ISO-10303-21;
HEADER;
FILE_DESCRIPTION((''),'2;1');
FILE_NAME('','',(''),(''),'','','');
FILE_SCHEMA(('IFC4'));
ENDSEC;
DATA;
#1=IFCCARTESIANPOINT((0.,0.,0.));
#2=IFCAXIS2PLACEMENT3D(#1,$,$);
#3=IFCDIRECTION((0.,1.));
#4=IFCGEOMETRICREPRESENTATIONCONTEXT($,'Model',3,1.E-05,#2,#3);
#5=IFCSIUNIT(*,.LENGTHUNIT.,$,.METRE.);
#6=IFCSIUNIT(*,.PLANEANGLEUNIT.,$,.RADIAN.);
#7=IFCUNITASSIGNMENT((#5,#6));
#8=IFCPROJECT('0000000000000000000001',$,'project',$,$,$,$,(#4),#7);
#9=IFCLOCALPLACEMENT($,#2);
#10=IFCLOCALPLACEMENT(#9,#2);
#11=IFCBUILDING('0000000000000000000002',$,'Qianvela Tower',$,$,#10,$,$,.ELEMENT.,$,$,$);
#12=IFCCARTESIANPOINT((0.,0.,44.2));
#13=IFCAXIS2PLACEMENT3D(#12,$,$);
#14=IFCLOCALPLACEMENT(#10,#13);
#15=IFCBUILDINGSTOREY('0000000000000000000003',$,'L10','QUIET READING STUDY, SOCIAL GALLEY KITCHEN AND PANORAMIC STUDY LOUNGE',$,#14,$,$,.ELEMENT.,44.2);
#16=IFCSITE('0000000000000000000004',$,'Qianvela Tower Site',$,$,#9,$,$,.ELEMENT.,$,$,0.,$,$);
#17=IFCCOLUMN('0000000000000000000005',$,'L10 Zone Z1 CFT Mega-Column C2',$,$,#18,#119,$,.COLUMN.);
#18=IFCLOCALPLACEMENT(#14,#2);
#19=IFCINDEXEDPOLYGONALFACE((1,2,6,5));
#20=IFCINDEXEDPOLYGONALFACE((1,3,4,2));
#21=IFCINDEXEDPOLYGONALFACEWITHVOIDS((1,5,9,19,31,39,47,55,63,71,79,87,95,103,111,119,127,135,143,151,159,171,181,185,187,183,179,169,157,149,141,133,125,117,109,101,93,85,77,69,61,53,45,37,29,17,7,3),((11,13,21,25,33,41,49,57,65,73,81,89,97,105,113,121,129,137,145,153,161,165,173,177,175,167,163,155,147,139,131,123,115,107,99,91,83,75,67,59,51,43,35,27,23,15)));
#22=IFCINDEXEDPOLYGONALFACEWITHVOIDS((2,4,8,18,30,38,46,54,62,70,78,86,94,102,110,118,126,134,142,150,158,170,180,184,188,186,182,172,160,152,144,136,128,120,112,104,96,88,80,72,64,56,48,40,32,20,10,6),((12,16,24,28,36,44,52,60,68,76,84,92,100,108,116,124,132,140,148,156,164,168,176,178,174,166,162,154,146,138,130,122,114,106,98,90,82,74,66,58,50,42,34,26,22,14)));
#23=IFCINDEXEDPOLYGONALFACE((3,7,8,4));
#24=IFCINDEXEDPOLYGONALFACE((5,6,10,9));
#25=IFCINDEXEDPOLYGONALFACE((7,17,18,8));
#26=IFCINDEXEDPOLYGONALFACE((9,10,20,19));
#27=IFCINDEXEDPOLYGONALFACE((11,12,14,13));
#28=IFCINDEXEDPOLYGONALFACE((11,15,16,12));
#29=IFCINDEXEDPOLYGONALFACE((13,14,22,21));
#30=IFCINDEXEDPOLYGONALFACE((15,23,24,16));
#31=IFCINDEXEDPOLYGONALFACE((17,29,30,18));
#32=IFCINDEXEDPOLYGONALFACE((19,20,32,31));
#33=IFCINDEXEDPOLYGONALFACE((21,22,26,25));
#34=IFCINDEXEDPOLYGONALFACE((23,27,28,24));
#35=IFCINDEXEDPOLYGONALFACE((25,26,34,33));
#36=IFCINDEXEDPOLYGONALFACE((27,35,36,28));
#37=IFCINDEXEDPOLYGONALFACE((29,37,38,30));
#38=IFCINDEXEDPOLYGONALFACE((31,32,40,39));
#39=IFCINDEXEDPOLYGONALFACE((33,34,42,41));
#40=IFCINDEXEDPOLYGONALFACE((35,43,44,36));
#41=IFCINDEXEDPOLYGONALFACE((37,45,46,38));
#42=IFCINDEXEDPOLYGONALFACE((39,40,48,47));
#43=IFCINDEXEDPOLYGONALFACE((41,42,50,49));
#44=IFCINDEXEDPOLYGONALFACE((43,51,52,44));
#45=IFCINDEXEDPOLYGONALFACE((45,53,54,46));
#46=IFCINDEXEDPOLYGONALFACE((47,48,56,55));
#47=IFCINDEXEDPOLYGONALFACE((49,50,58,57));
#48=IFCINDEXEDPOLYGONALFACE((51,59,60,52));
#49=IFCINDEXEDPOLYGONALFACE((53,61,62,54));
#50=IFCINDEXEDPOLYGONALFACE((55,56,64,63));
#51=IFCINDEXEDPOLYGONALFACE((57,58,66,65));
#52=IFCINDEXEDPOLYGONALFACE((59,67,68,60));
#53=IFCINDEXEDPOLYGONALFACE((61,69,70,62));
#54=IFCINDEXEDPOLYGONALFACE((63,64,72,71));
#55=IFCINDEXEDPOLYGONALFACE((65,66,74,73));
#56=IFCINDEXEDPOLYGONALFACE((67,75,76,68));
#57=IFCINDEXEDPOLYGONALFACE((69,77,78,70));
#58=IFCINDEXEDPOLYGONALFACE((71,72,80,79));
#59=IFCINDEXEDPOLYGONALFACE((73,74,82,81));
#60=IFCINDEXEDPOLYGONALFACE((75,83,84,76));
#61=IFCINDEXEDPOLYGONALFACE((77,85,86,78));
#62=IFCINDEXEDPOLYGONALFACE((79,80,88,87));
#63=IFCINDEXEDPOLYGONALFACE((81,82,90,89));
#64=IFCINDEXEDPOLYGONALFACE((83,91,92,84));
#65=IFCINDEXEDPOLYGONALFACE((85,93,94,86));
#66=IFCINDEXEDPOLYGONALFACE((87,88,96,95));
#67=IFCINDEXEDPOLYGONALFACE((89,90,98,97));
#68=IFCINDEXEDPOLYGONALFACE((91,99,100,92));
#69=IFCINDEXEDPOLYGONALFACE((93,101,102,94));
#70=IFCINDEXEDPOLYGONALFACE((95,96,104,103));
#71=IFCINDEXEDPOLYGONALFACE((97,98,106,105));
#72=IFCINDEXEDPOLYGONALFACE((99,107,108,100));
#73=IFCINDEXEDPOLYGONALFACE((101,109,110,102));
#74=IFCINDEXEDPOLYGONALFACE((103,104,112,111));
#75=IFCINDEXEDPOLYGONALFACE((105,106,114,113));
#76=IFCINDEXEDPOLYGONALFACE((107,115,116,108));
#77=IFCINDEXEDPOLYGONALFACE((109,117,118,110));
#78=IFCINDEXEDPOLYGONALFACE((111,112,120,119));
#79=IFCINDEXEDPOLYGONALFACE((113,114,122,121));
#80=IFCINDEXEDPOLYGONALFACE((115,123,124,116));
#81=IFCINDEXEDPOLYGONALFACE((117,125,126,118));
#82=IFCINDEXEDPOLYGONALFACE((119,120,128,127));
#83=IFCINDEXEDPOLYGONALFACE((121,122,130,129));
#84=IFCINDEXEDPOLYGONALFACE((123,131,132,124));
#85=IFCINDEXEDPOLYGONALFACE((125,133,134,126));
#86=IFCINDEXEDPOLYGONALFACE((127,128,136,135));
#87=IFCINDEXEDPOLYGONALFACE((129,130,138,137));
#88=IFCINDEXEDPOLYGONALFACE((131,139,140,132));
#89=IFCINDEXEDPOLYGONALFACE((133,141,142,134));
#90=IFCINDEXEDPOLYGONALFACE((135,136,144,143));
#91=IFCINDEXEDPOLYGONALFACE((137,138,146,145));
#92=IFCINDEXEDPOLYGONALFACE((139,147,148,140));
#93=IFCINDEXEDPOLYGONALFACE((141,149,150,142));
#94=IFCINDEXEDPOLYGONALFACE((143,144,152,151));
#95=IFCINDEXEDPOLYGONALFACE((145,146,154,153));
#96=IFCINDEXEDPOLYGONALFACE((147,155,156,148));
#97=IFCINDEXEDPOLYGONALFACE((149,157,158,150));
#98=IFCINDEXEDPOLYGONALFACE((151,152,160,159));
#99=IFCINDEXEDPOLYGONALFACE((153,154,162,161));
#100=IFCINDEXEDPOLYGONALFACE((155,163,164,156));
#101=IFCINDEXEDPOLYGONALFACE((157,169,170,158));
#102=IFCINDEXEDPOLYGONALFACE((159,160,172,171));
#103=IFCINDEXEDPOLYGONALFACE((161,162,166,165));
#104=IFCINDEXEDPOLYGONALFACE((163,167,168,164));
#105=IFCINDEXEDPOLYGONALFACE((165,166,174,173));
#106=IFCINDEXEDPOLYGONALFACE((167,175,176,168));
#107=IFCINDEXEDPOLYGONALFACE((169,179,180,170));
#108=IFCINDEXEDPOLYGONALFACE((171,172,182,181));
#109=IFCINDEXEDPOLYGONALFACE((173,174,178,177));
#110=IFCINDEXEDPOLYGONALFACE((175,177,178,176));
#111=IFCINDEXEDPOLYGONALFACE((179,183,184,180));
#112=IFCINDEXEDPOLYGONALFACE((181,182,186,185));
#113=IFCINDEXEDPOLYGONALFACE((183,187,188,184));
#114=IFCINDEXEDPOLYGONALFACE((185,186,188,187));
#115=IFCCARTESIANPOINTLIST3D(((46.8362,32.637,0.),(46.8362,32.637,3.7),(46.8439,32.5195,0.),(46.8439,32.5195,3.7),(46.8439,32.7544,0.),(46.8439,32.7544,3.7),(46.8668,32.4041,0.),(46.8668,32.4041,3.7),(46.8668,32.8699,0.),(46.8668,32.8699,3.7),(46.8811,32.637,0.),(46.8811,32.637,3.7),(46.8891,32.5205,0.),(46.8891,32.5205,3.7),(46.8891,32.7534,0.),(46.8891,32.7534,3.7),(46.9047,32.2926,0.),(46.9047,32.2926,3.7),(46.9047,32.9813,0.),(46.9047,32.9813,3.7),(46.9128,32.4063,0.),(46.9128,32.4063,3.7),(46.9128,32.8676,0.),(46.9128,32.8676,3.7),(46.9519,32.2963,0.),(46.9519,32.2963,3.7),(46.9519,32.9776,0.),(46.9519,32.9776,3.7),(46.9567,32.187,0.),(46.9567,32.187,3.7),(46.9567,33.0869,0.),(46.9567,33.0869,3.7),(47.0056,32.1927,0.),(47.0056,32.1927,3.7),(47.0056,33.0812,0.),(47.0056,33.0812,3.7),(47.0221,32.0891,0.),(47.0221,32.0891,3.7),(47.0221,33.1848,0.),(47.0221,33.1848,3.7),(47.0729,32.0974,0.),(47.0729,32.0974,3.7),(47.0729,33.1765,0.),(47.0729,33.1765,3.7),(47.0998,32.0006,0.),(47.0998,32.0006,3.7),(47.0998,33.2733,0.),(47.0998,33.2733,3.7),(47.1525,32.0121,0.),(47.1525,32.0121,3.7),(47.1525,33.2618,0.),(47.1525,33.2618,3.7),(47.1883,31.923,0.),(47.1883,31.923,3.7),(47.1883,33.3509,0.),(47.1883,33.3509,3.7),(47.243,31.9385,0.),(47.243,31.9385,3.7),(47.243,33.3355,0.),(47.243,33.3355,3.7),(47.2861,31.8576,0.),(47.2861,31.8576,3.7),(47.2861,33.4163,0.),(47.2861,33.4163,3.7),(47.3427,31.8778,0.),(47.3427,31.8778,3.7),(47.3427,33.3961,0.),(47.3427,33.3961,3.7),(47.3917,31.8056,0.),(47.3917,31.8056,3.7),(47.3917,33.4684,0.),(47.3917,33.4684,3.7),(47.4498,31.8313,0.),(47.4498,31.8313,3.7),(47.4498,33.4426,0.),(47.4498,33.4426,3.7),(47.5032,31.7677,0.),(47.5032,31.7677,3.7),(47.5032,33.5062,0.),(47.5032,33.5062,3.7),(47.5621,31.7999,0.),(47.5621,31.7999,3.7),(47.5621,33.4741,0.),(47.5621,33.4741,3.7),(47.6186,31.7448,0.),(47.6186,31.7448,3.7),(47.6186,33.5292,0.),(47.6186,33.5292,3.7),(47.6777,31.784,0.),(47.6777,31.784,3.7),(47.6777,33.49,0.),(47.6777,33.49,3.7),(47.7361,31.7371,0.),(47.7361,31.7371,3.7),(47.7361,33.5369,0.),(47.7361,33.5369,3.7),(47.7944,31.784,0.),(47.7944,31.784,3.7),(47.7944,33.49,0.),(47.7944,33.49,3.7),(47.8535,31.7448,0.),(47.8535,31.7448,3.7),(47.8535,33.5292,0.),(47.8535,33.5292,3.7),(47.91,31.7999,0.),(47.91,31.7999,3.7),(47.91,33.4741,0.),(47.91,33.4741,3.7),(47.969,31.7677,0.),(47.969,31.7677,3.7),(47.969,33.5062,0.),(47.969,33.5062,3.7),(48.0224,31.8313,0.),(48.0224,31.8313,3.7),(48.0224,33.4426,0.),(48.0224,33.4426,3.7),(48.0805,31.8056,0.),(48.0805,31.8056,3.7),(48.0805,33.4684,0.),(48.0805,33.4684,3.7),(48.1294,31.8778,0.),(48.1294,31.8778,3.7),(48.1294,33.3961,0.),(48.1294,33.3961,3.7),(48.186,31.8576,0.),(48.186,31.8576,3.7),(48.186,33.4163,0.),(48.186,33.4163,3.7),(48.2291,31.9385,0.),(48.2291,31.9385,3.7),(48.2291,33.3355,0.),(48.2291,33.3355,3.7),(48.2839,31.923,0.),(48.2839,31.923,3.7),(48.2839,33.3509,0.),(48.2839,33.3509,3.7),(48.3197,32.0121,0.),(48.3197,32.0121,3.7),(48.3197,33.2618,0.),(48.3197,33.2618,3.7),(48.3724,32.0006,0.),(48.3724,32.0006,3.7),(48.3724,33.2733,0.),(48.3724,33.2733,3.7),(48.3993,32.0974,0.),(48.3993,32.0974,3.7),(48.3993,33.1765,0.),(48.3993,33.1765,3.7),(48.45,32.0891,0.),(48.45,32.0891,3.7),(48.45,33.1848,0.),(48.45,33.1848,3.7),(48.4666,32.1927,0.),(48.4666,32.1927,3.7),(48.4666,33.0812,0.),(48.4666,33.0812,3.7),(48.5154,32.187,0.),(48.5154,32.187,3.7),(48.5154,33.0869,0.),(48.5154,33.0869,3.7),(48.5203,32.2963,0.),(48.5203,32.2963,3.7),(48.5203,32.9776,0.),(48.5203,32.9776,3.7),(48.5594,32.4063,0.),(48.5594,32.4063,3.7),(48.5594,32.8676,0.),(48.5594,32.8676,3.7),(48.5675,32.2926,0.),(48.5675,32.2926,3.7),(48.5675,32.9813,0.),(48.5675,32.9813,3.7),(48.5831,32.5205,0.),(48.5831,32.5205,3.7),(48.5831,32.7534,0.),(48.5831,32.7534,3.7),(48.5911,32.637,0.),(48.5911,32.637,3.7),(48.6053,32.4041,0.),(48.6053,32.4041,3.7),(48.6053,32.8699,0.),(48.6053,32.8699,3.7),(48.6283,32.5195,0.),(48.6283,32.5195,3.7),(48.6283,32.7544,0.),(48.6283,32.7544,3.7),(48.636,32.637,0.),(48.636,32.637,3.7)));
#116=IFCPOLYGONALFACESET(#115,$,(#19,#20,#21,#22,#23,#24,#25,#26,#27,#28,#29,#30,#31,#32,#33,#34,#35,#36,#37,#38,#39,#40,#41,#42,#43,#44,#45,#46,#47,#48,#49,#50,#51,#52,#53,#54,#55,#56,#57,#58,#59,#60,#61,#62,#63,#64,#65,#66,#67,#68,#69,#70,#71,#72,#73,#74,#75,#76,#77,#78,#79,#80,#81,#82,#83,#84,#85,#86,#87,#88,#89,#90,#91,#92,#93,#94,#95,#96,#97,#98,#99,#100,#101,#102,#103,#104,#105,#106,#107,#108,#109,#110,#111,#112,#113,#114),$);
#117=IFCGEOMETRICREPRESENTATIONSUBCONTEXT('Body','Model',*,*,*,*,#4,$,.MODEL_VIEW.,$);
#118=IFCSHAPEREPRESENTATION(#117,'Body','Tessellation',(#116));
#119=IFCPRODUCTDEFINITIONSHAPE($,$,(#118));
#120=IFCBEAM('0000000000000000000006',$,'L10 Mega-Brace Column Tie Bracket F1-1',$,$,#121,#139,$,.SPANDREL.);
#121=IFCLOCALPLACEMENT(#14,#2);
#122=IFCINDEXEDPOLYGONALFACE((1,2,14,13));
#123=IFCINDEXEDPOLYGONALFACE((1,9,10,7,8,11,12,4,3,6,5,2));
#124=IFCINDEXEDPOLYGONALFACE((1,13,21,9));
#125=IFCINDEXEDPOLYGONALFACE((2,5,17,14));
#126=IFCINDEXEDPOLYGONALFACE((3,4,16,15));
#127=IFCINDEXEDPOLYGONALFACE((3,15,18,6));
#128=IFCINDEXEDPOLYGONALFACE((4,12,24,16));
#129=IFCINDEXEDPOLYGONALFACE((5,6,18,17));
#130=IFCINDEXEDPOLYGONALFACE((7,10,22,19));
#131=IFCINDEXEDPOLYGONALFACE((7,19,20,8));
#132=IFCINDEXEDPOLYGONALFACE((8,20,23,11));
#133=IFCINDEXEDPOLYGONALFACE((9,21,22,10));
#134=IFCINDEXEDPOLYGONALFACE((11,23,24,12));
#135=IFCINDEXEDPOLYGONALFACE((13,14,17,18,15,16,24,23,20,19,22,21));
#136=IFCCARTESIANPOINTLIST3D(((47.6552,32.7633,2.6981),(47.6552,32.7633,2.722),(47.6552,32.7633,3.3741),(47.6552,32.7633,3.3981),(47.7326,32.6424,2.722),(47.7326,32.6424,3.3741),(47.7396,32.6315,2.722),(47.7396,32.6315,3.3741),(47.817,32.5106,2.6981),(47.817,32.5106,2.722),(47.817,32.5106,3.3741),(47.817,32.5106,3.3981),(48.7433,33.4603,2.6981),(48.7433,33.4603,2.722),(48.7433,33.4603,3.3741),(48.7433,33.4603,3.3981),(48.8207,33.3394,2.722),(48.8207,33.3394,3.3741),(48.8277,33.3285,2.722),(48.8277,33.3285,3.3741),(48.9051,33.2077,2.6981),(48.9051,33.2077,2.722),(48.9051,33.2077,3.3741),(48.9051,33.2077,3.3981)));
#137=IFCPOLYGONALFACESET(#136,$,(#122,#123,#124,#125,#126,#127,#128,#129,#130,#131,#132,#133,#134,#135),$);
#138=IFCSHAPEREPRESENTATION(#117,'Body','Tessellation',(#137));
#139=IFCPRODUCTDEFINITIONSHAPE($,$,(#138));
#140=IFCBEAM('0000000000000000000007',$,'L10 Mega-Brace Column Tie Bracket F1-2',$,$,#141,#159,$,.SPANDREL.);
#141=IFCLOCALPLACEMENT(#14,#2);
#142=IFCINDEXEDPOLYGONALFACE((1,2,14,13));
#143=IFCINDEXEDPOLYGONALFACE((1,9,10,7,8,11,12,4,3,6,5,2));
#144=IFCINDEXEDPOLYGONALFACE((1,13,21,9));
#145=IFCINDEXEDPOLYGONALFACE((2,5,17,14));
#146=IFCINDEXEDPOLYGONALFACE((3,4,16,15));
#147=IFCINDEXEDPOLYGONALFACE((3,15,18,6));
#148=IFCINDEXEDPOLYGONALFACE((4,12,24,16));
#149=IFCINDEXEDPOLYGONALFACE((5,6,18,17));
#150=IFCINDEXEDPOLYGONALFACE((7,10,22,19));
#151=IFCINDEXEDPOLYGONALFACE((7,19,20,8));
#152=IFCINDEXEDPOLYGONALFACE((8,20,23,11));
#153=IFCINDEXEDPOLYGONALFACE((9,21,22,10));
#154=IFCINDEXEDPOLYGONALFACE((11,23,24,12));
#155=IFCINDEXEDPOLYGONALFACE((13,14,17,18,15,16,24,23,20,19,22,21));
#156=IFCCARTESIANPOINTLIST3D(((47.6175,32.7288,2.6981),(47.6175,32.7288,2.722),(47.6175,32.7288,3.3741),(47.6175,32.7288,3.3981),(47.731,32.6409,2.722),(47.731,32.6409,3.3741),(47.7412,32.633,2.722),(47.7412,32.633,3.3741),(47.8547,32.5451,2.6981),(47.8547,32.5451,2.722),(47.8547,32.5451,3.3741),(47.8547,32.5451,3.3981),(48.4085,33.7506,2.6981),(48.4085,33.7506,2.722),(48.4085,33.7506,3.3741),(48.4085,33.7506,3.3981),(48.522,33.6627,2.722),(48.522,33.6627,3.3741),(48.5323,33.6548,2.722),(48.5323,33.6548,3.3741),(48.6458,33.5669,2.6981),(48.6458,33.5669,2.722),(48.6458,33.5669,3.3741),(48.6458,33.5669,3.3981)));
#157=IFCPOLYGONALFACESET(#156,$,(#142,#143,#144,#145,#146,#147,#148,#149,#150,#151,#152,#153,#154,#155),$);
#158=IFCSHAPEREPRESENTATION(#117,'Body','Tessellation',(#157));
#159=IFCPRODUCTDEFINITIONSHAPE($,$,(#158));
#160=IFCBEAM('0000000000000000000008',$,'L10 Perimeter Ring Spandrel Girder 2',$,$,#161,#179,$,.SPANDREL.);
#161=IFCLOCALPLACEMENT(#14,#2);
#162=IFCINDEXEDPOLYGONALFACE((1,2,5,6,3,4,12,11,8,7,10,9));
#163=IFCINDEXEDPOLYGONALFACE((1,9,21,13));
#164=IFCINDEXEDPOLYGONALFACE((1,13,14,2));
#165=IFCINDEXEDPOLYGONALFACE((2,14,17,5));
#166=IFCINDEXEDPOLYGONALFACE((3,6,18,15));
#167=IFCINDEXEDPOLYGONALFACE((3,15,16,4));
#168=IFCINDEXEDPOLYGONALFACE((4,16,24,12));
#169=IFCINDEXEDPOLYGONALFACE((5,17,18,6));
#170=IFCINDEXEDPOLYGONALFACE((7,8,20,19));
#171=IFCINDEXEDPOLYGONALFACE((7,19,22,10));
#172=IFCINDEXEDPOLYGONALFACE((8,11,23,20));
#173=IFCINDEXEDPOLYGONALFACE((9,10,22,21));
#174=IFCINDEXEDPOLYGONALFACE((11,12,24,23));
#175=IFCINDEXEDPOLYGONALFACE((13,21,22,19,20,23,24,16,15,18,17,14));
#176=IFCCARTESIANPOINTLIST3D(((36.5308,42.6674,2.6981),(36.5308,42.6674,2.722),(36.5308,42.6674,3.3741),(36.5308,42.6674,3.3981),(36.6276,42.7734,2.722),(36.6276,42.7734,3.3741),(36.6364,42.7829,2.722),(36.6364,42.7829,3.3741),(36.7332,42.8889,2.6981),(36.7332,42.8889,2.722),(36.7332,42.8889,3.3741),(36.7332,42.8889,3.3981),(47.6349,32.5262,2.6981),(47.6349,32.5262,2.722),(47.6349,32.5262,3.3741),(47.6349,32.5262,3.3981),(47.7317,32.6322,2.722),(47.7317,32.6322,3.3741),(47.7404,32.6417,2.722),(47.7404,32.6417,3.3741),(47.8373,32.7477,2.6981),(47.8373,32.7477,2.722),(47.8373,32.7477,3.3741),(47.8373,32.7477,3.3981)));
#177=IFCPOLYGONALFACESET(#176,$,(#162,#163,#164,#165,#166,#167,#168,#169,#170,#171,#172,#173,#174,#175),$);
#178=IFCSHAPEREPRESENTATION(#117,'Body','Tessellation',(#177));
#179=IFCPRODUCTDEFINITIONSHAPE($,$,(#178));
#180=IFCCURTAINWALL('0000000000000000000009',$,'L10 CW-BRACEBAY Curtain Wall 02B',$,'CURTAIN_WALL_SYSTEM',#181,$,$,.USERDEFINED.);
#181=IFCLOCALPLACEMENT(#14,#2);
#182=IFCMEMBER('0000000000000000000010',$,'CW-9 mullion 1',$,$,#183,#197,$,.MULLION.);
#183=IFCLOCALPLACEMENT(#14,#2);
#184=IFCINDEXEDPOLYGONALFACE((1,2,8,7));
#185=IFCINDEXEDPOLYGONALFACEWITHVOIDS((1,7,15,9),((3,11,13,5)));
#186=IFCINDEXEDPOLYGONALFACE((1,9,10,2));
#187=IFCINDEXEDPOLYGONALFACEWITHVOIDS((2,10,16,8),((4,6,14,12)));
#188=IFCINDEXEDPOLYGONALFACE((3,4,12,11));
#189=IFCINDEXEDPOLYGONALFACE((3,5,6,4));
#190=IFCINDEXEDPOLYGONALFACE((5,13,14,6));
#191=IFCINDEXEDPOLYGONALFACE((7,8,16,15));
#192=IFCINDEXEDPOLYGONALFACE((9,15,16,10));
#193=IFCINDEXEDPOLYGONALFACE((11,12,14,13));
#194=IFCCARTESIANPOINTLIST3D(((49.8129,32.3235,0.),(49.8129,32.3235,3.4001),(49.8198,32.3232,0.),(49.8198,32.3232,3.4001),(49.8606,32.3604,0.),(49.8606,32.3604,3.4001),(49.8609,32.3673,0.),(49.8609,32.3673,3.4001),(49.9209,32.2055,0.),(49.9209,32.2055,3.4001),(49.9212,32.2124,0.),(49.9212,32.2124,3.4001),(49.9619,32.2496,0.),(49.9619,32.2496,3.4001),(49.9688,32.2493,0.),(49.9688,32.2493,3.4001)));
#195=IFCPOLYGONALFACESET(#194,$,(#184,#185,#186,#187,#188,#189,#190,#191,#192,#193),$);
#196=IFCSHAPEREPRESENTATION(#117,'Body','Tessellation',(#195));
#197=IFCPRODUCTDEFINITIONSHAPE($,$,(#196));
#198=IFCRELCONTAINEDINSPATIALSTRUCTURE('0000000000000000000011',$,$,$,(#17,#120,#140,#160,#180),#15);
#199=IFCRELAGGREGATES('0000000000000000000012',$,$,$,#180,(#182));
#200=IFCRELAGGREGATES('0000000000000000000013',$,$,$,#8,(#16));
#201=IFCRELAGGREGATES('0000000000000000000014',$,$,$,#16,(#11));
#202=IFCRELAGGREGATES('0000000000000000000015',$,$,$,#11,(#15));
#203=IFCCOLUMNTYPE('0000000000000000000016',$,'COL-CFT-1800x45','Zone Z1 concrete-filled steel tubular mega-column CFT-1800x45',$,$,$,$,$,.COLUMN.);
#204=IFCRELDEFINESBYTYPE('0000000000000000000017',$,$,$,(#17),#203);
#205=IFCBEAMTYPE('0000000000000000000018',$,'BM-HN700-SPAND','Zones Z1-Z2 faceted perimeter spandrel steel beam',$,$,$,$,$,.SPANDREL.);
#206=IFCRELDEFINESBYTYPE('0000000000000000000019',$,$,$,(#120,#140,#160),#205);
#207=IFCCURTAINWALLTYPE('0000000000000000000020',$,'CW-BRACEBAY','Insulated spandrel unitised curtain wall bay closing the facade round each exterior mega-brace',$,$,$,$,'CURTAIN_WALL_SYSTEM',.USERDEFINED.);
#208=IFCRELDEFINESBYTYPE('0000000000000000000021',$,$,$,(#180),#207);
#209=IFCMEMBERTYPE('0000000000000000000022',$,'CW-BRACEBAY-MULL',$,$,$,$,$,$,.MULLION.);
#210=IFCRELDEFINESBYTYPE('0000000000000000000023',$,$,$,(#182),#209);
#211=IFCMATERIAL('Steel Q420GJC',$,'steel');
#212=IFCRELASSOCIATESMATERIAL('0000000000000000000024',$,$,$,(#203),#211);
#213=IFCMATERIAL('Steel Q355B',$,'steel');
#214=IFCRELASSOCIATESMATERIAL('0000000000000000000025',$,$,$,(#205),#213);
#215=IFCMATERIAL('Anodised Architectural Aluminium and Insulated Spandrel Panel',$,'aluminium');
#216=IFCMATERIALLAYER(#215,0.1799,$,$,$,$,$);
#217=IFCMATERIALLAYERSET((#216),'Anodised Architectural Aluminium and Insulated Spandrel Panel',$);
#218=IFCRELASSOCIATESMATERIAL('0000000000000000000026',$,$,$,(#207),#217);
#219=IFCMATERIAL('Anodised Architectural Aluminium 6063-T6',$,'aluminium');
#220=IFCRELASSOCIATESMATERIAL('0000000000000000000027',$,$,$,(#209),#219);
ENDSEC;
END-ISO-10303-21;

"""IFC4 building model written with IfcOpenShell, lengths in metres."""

from ifc_helpers import new_model, si_unit, direction, frame, origin, origin_2d, place, context, subcontext, project, spatial, hollow_rectangle, hollow_circle, i_section, extrude, material, layer, layer_set, material_profile, profile_set, type_object, element, aggregate, save


model = new_model("IFC4")

# Units and contexts
model_context = context("Model", 3, precision=1e-05, world=origin(), true_north=direction((0.0, 1.0)))
body_context = subcontext(model_context, "Body", "Model", "MODEL_VIEW")
ifc_project = project(units=[si_unit("LENGTHUNIT", "METRE"), si_unit("PLANEANGLEUNIT", "RADIAN")], contexts=[model_context])

# Site, building, storey
site_placement = place(None, origin())
site = spatial("IfcSite", under=ifc_project, at=site_placement, Name="Qianvela Tower Site", CompositionType="ELEMENT", RefElevation=0.0)
building_placement = place(site_placement, origin())
building = spatial("IfcBuilding", under=site, at=building_placement, Name="Qianvela Tower", CompositionType="ELEMENT")
storey_placement = place(building_placement, frame((0.0, 0.0, 44.2)))
storey = spatial("IfcBuildingStorey", under=building, at=storey_placement, Name="L10", Description="QUIET READING STUDY, SOCIAL GALLEY KITCHEN AND PANORAMIC STUDY LOUNGE", CompositionType="ELEMENT", Elevation=44.2)

# Column
ifc_material_1 = material(Name="Steel Q420GJC", Category="steel")
ifc_material_profile_1 = material_profile(ifc_material_1, hollow_circle(Radius=0.8999, WallThickness=0.0449, at=origin_2d()), Name="CFT-1800x45")
ifc_profile_set_1 = profile_set([ifc_material_profile_1], Name="Steel Q420GJC")
column_type = type_object("IfcColumnType", Name="COL-CFT-1800x45", Description="Zone Z1 concrete-filled steel tubular mega-column CFT-1800x45", PredefinedType="COLUMN", material=ifc_profile_set_1)
column_placement = place(storey_placement, frame((47.7361, 32.637, 0.0), z_axis=(0.0, 0.0, 1.0), x_axis=(1.0, 0.0, 0.0)))
element("IfcColumn", 1, at=column_placement, inside=storey, type_object=column_type, Name="L10 Zone Z1 CFT Mega-Column C2", PredefinedType="COLUMN", context=body_context, shape_type="SweptSolid", body=[
    extrude(hollow_circle(Radius=0.8999, WallThickness=0.0449, at=origin_2d()), origin(), (0.0, 0.0, 1.0), 3.7),
])

# Beams
ifc_material_2 = material(Name="Steel Q355B", Category="steel")
ifc_material_profile_2 = material_profile(ifc_material_2, i_section(OverallWidth=0.3, OverallDepth=0.7, WebThickness=0.0129, FlangeThickness=0.0239, at=origin_2d()), Name="HN700x300x13x24")
ifc_profile_set_2 = profile_set([ifc_material_profile_2], Name="Steel Q355B")
beam_type = type_object("IfcBeamType", Name="BM-HN700-SPAND", Description="Zones Z1-Z2 faceted perimeter spandrel steel beam", PredefinedType="SPANDREL", material=ifc_profile_set_2)
for number, where, z_axis, x_axis, name in (
    (2, (47.7361, 32.637, 3.0481), (0.842055, 0.539391, 0.0), (-0.539391, 0.842055, 0.0), "L10 Mega-Brace Column Tie Bracket F1-1"),
    (3, (47.7361, 32.637, 3.0481), (0.612173, 0.790724, 0.0), (-0.790724, 0.612173, 0.0), "L10 Mega-Brace Column Tie Bracket F1-2"),
):
    element("IfcBeam", number, at=place(storey_placement, frame(where, z_axis=z_axis, x_axis=x_axis)), inside=storey, type_object=beam_type, Name=name, PredefinedType="SPANDREL", context=body_context, shape_type="SweptSolid", body=[
        extrude(i_section(OverallWidth=0.3, OverallDepth=0.7, WebThickness=0.0129, FlangeThickness=0.0239, at=origin_2d()), origin(), (0.0, 0.0, 1.0), 1.2922),
    ])
beam_placement = place(storey_placement, frame((47.7361, 32.637, 3.0481), z_axis=(-0.738397, 0.674366, 0.0), x_axis=(-0.674366, -0.738397, 0.0)))
element("IfcBeam", 4, at=beam_placement, inside=storey, type_object=beam_type, Name="L10 Perimeter Ring Spandrel Girder 2", PredefinedType="SPANDREL", context=body_context, shape_type="SweptSolid", body=[
    extrude(i_section(OverallWidth=0.3, OverallDepth=0.7, WebThickness=0.0129, FlangeThickness=0.0239, at=origin_2d()), origin(), (0.0, 0.0, 1.0), 15.0381),
])

# Curtain wall, member
ifc_material_3 = material(Name="Anodised Architectural Aluminium and Insulated Spandrel Panel", Category="aluminium")
ifc_layer_1 = layer(ifc_material_3, 0.1799)
ifc_layer_set_1 = layer_set([ifc_layer_1], Name="Anodised Architectural Aluminium and Insulated Spandrel Panel")
curtain_wall_type_1 = type_object("IfcCurtainWallType", Name="CW-BRACEBAY", Description="Insulated spandrel unitised curtain wall bay closing the facade round each exterior mega-brace", ElementType="CURTAIN_WALL_SYSTEM", PredefinedType="USERDEFINED", material=ifc_layer_set_1)
curtain_wall_1_placement = place(storey_placement, origin())
curtain_wall_1 = element("IfcCurtainWall", 5, at=curtain_wall_1_placement, inside=storey, type_object=curtain_wall_type_1, Name="L10 CW-BRACEBAY Curtain Wall 02B", ObjectType="CURTAIN_WALL_SYSTEM", PredefinedType="USERDEFINED")
ifc_material_4 = material(Name="Anodised Architectural Aluminium 6063-T6", Category="aluminium")
ifc_material_profile_3 = material_profile(ifc_material_4, hollow_rectangle(XDim=0.0649, YDim=0.1599, WallThickness=0.0049, at=origin_2d()), Name="ALU-MULL-65x160")
ifc_profile_set_3 = profile_set([ifc_material_profile_3], Name="Anodised Architectural Aluminium 6063-T6")
member_type_1 = type_object("IfcMemberType", Name="CW-BRACEBAY-MULL", PredefinedType="MULLION", material=ifc_profile_set_3)
member_1_placement = place(storey_placement, frame((49.8909, 32.2864, 0.0), z_axis=(0.0, 0.0, 1.0), x_axis=(-0.737898, -0.674912, 0.0)))
member_1 = element("IfcMember", 6, at=member_1_placement, type_object=member_type_1, Name="CW-9 mullion 1", PredefinedType="MULLION", context=body_context, shape_type="SweptSolid", body=[
    extrude(hollow_rectangle(XDim=0.0649, YDim=0.1599, WallThickness=0.0049, at=origin_2d()), origin(), (0.0, 0.0, 1.0), 3.4001),
])

aggregate(curtain_wall_1, [member_1])

save(model, "model.ifc")
